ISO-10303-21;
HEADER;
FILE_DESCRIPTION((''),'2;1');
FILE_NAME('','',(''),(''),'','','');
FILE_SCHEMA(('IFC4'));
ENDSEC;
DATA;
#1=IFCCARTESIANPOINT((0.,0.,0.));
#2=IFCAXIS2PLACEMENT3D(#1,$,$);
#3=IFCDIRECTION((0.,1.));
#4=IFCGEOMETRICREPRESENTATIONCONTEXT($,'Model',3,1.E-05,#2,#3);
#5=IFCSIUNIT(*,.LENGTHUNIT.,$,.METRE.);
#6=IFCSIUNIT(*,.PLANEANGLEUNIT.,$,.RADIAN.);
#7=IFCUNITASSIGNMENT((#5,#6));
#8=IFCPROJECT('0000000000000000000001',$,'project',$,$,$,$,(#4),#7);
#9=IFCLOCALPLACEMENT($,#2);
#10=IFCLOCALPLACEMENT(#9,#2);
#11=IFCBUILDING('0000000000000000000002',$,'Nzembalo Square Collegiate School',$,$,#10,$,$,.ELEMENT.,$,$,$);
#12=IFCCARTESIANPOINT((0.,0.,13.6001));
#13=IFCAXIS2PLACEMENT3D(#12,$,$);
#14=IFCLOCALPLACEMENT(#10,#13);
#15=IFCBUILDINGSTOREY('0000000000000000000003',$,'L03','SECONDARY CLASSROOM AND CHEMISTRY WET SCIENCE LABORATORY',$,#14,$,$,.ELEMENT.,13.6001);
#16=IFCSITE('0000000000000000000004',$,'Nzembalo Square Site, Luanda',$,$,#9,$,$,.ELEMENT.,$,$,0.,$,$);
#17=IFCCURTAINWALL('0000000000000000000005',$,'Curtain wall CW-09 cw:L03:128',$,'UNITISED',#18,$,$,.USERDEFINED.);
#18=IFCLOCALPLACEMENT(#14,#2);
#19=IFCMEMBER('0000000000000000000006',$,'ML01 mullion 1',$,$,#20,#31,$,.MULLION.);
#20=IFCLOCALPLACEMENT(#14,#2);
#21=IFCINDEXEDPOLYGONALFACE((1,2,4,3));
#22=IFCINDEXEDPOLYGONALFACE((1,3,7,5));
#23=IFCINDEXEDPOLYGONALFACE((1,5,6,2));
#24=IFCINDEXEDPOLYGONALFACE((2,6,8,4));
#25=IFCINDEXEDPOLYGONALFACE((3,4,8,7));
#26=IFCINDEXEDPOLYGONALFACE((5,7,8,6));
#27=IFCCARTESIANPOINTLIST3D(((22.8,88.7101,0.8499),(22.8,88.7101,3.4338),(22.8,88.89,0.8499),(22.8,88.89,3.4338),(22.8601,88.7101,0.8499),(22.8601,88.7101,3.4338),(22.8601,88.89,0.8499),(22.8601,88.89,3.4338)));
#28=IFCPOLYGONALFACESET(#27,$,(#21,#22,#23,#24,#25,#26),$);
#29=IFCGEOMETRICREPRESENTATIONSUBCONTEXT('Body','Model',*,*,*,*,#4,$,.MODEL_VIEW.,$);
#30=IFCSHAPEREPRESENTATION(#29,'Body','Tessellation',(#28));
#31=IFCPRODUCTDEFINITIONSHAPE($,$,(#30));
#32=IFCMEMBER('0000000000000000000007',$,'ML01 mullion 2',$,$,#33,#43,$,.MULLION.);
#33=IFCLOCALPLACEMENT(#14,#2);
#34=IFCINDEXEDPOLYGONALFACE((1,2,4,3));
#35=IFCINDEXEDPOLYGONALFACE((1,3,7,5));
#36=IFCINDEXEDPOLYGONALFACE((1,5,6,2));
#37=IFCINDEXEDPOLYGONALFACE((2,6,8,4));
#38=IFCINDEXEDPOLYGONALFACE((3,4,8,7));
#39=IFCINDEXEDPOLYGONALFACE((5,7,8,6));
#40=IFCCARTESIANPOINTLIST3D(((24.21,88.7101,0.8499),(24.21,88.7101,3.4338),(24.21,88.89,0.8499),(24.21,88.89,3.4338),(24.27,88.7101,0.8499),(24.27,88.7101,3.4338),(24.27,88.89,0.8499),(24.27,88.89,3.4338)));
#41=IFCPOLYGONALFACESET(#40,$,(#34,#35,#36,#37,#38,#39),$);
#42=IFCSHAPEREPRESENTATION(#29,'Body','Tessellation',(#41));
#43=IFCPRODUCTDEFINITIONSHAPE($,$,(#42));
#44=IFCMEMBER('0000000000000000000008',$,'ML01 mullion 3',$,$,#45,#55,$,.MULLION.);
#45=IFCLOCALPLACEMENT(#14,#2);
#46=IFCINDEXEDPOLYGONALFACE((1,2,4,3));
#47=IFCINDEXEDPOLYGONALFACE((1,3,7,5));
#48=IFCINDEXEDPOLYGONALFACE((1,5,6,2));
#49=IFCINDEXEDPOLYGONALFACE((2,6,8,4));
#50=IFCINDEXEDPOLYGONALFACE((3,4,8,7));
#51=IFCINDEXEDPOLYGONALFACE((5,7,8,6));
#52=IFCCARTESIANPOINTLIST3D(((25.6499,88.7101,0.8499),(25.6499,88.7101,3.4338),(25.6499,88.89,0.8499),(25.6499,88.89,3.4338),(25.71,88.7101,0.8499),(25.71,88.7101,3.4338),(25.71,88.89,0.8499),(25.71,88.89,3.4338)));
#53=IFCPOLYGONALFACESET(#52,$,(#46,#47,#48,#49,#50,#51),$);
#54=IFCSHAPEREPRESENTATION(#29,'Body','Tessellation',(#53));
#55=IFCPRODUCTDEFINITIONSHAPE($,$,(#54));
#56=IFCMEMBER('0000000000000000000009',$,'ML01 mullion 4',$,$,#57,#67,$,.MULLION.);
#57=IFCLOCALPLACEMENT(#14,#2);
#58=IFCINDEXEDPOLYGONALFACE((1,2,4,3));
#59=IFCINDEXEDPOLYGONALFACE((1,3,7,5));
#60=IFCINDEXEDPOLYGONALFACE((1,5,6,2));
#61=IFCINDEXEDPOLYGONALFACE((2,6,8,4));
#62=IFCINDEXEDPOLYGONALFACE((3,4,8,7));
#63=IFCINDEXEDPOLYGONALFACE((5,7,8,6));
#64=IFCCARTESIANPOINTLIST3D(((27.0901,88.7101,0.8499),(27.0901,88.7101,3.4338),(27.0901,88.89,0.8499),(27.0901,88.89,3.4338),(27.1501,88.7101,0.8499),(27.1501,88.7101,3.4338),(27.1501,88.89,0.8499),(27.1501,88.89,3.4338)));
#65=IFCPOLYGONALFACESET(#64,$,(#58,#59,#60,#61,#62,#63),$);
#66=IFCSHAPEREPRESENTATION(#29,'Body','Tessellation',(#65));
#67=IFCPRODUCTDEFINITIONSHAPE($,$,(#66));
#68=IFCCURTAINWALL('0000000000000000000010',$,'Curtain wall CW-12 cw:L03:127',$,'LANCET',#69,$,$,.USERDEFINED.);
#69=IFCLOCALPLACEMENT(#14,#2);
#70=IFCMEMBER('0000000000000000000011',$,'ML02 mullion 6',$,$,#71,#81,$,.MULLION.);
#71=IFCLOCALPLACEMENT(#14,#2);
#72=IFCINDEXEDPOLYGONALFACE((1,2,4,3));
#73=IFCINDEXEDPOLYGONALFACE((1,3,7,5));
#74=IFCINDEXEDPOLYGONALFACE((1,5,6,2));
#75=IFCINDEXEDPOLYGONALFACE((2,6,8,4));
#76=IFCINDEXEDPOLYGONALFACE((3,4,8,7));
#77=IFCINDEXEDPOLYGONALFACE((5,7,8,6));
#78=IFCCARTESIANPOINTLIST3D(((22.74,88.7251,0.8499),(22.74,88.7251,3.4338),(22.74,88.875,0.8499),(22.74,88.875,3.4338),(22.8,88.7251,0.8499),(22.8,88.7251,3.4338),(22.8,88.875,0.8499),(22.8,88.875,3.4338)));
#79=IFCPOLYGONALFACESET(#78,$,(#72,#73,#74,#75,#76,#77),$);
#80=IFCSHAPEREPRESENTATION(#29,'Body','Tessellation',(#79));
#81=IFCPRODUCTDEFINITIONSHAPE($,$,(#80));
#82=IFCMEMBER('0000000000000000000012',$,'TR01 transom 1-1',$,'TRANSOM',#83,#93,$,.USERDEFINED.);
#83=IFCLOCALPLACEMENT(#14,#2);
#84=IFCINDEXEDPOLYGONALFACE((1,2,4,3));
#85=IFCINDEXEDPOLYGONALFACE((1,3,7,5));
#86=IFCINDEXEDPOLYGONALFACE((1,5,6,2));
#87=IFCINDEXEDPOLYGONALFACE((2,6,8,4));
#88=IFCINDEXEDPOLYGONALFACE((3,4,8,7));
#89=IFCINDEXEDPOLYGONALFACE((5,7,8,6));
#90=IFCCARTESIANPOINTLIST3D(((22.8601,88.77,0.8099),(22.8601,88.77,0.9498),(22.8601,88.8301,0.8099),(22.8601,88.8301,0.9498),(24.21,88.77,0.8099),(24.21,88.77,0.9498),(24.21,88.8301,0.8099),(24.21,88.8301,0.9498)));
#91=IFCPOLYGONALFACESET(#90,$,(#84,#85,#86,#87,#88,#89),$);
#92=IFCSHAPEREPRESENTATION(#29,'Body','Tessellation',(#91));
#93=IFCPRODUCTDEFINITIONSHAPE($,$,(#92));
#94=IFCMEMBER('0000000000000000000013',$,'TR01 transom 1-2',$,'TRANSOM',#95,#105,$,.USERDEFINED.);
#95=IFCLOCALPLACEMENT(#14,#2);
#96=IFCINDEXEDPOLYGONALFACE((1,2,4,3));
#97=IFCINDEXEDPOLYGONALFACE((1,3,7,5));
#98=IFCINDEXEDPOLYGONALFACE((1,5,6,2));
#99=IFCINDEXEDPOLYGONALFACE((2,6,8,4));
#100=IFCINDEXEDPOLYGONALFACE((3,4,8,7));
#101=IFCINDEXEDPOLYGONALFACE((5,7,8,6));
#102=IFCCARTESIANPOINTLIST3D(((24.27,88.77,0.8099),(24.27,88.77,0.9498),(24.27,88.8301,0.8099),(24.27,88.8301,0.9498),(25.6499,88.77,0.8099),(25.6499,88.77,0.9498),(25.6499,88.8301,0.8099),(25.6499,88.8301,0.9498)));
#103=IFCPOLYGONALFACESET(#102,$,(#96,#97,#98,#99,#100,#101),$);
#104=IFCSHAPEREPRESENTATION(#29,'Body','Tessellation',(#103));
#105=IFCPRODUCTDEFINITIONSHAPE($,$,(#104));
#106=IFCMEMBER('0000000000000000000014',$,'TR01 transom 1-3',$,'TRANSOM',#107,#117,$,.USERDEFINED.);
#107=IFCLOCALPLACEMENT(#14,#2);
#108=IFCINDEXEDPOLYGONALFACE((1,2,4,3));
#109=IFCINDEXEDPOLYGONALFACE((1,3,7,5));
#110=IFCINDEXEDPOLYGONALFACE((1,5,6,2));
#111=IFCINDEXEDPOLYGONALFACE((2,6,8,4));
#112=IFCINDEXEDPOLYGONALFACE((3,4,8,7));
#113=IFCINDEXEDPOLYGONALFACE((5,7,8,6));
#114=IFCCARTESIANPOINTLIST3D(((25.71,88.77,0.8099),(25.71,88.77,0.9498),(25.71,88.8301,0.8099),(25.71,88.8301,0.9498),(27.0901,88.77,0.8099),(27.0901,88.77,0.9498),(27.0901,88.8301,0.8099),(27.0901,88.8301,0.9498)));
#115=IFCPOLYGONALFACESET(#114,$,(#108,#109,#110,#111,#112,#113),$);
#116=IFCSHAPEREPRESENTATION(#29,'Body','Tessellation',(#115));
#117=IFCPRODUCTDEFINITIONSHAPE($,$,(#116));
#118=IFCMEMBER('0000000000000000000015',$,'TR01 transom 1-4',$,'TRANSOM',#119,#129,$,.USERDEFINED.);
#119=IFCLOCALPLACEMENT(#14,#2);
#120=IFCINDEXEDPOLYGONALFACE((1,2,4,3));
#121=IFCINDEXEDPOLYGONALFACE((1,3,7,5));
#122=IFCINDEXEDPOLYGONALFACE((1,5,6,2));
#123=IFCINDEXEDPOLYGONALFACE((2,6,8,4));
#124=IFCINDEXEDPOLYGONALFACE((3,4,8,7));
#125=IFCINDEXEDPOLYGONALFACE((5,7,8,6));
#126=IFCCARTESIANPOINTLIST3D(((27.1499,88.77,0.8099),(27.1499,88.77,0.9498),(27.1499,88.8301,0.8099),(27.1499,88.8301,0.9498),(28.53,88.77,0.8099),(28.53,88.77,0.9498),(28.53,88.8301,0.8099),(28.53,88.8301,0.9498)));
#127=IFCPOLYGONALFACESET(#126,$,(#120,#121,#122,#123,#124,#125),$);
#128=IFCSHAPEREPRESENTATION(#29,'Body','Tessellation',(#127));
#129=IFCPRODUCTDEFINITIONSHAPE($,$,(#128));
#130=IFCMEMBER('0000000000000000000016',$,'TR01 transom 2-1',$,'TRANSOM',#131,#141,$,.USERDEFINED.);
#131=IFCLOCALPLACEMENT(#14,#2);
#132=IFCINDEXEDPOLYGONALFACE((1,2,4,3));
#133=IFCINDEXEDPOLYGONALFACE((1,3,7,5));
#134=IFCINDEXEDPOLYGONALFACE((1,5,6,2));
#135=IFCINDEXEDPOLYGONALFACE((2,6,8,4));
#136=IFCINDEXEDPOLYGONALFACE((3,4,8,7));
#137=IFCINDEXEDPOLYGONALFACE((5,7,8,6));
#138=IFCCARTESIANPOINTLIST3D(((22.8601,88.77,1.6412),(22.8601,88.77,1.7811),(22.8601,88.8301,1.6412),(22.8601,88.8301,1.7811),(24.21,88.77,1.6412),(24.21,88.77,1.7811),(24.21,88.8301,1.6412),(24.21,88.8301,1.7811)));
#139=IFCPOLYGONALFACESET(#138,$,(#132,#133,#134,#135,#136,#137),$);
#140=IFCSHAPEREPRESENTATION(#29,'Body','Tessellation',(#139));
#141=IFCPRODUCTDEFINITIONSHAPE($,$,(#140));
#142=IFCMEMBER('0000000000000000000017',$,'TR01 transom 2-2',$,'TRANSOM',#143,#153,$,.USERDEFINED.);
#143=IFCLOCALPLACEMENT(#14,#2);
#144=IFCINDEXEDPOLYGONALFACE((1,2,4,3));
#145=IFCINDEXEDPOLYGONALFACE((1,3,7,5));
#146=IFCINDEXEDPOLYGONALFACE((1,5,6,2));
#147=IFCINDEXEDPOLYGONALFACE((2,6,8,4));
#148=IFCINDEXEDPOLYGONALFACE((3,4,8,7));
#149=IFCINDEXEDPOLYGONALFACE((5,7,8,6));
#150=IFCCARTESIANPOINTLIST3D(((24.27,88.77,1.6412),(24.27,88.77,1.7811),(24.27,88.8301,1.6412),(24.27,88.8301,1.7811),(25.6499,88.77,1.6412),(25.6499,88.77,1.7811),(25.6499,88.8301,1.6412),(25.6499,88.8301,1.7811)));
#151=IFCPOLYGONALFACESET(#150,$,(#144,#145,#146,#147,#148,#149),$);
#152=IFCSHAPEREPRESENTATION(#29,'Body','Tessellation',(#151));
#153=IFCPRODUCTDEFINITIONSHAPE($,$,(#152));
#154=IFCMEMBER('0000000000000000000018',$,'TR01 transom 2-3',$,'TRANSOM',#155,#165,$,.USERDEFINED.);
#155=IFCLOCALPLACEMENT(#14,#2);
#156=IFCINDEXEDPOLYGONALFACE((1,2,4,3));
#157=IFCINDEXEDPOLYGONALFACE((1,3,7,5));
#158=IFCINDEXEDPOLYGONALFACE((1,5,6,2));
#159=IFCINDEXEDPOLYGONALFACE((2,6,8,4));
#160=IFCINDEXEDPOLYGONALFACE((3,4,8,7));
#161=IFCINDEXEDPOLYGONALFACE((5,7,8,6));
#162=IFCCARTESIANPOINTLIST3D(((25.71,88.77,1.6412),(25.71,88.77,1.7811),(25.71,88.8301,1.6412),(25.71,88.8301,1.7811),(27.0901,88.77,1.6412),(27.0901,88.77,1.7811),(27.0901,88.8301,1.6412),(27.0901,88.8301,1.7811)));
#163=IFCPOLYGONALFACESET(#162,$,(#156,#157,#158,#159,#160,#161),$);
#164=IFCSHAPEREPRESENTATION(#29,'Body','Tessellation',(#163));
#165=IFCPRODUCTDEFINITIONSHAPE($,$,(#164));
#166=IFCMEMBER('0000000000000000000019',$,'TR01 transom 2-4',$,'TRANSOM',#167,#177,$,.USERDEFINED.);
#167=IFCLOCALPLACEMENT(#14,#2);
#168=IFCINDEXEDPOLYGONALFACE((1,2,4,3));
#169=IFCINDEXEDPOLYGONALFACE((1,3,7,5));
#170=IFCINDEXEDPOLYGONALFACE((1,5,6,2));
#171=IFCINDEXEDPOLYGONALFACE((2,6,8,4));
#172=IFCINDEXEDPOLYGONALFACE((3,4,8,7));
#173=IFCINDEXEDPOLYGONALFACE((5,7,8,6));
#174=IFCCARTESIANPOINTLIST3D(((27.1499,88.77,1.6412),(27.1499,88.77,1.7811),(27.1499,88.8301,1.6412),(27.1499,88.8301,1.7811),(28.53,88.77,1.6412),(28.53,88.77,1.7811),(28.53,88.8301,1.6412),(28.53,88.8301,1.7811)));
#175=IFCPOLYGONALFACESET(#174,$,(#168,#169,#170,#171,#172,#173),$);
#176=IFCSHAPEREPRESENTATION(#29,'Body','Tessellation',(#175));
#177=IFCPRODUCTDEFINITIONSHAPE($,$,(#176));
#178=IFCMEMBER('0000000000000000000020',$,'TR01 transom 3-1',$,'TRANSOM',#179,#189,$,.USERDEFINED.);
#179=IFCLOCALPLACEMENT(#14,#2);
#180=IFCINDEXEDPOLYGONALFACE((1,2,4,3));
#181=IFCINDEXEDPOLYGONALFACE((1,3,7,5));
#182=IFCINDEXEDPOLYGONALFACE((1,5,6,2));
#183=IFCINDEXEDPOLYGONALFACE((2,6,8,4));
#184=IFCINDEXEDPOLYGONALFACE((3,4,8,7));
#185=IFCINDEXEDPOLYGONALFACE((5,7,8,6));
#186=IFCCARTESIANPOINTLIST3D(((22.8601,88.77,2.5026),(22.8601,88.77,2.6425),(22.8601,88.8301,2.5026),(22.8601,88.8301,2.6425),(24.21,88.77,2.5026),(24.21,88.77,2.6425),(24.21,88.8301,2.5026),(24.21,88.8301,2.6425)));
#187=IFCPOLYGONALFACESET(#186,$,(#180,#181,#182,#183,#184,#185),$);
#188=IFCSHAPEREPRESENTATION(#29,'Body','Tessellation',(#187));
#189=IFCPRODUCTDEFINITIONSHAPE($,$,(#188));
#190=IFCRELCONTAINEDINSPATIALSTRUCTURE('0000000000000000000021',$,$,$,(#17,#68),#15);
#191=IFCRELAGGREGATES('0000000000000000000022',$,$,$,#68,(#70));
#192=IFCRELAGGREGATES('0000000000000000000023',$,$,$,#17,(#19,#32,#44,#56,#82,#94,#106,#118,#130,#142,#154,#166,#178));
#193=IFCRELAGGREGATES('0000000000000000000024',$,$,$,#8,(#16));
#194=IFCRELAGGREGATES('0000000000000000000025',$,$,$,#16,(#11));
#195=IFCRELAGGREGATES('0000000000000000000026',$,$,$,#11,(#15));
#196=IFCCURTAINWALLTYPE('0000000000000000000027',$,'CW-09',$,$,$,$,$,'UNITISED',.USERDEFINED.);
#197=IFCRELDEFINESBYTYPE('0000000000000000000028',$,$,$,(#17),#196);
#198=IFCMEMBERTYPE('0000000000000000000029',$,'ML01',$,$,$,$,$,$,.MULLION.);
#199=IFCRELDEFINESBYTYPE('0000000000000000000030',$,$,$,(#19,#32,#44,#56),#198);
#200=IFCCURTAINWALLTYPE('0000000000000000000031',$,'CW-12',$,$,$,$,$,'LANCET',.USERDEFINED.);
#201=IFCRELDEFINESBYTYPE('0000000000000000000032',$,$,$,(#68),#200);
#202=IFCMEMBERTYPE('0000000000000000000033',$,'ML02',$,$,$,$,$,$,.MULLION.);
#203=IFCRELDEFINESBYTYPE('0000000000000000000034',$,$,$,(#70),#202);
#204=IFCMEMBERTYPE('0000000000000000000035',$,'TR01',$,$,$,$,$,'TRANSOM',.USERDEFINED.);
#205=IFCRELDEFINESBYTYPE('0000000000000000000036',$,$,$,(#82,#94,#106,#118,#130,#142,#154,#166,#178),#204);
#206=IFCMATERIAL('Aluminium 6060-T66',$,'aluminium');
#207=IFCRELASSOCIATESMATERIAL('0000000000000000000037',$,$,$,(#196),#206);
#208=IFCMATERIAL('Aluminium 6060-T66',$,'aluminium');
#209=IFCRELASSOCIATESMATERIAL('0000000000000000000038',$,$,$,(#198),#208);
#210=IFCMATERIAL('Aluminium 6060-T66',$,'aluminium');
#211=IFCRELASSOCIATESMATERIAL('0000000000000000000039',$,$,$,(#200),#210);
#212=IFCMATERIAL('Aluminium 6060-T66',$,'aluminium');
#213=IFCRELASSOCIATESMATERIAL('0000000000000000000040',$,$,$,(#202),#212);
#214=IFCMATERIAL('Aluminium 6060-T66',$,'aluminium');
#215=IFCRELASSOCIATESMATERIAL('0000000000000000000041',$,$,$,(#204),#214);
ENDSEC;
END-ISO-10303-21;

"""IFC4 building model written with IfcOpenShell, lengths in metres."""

from ifc_helpers import new_model, si_unit, direction, frame, origin, origin_2d, place, context, subcontext, project, spatial, rectangle, extrude, material, material_profile, profile_set, type_object, element, aggregate, save


model = new_model("IFC4")

# Units and contexts
model_context = context("Model", 3, precision=1e-05, world=origin(), true_north=direction((0.0, 1.0)))
body_context = subcontext(model_context, "Body", "Model", "MODEL_VIEW")
ifc_project = project(units=[si_unit("LENGTHUNIT", "METRE"), si_unit("PLANEANGLEUNIT", "RADIAN")], contexts=[model_context])

# Site, building, storey
site_placement = place(None, origin())
site = spatial("IfcSite", under=ifc_project, at=site_placement, Name="Nzembalo Square Site, Luanda", CompositionType="ELEMENT", RefElevation=0.0)
building_placement = place(site_placement, origin())
building = spatial("IfcBuilding", under=site, at=building_placement, Name="Nzembalo Square Collegiate School", CompositionType="ELEMENT")
storey_placement = place(building_placement, frame((0.0, 0.0, 13.6001)))
storey = spatial("IfcBuildingStorey", under=building, at=storey_placement, Name="L03", Description="SECONDARY CLASSROOM AND CHEMISTRY WET SCIENCE LABORATORY", CompositionType="ELEMENT", Elevation=13.6001)

# Curtain wall, members
ifc_material_1 = material(Name="Aluminium 6060-T66", Category="aluminium")
curtain_wall_type_1 = type_object("IfcCurtainWallType", Name="CW-09", ElementType="UNITISED", PredefinedType="USERDEFINED", material=ifc_material_1)
curtain_wall_1_placement = place(storey_placement, origin())
curtain_wall_1 = element("IfcCurtainWall", 1, at=curtain_wall_1_placement, inside=storey, type_object=curtain_wall_type_1, Name="Curtain wall CW-09 cw:L03:128", ObjectType="UNITISED", PredefinedType="USERDEFINED")
ifc_material_2 = material(Name="Aluminium 6060-T66", Category="aluminium")
ifc_material_profile_1 = material_profile(ifc_material_2, rectangle(XDim=0.0601, YDim=0.1799, at=origin_2d()), Name="ALU M60x180")
ifc_profile_set_1 = profile_set([ifc_material_profile_1], Name="Aluminium 6060-T66")
member_type_1 = type_object("IfcMemberType", Name="ML01", PredefinedType="MULLION", material=ifc_profile_set_1)
member_1_placement = place(storey_placement, frame((22.8301, 88.8, 0.8499), z_axis=(0.0, 0.0, 1.0), x_axis=(1.0, 0.0, 0.0)))
member_1 = element("IfcMember", 2, at=member_1_placement, type_object=member_type_1, Name="ML01 mullion 1", PredefinedType="MULLION", context=body_context, shape_type="SweptSolid", body=[
    extrude(rectangle(XDim=0.0601, YDim=0.1799, at=origin_2d()), origin(), (0.0, 0.0, 1.0), 2.584),
])
member_2_placement = place(storey_placement, frame((24.24, 88.8, 0.8499), z_axis=(0.0, 0.0, 1.0), x_axis=(1.0, 0.0, 0.0)))
member_2 = element("IfcMember", 3, at=member_2_placement, type_object=member_type_1, Name="ML01 mullion 2", PredefinedType="MULLION", context=body_context, shape_type="SweptSolid", body=[
    extrude(rectangle(XDim=0.0601, YDim=0.1799, at=origin_2d()), origin(), (0.0, 0.0, 1.0), 2.584),
])
member_3_placement = place(storey_placement, frame((25.6799, 88.8, 0.8499), z_axis=(0.0, 0.0, 1.0), x_axis=(1.0, 0.0, 0.0)))
member_3 = element("IfcMember", 4, at=member_3_placement, type_object=member_type_1, Name="ML01 mullion 3", PredefinedType="MULLION", context=body_context, shape_type="SweptSolid", body=[
    extrude(rectangle(XDim=0.0601, YDim=0.1799, at=origin_2d()), origin(), (0.0, 0.0, 1.0), 2.584),
])
member_4_placement = place(storey_placement, frame((27.1201, 88.8, 0.8499), z_axis=(0.0, 0.0, 1.0), x_axis=(1.0, 0.0, 0.0)))
member_4 = element("IfcMember", 5, at=member_4_placement, type_object=member_type_1, Name="ML01 mullion 4", PredefinedType="MULLION", context=body_context, shape_type="SweptSolid", body=[
    extrude(rectangle(XDim=0.0601, YDim=0.1799, at=origin_2d()), origin(), (0.0, 0.0, 1.0), 2.584),
])

# Curtain wall, member
ifc_material_3 = material(Name="Aluminium 6060-T66", Category="aluminium")
curtain_wall_type_2 = type_object("IfcCurtainWallType", Name="CW-12", ElementType="LANCET", PredefinedType="USERDEFINED", material=ifc_material_3)
curtain_wall_2_placement = place(storey_placement, origin())
curtain_wall_2 = element("IfcCurtainWall", 6, at=curtain_wall_2_placement, inside=storey, type_object=curtain_wall_type_2, Name="Curtain wall CW-12 cw:L03:127", ObjectType="LANCET", PredefinedType="USERDEFINED")
ifc_material_4 = material(Name="Aluminium 6060-T66", Category="aluminium")
ifc_material_profile_2 = material_profile(ifc_material_4, rectangle(XDim=0.0601, YDim=0.1499, at=origin_2d()), Name="ALU M60x150")
ifc_profile_set_2 = profile_set([ifc_material_profile_2], Name="Aluminium 6060-T66")
member_type_2 = type_object("IfcMemberType", Name="ML02", PredefinedType="MULLION", material=ifc_profile_set_2)
member_5_placement = place(storey_placement, frame((22.77, 88.8, 0.8499), z_axis=(0.0, 0.0, 1.0), x_axis=(1.0, 0.0, 0.0)))
member_5 = element("IfcMember", 7, at=member_5_placement, type_object=member_type_2, Name="ML02 mullion 6", PredefinedType="MULLION", context=body_context, shape_type="SweptSolid", body=[
    extrude(rectangle(XDim=0.0601, YDim=0.1499, at=origin_2d()), origin(), (0.0, 0.0, 1.0), 2.584),
])
aggregate(curtain_wall_2, [member_5])

# Members
ifc_material_5 = material(Name="Aluminium 6060-T66", Category="aluminium")
ifc_material_profile_3 = material_profile(ifc_material_5, rectangle(XDim=0.0601, YDim=0.1399, at=origin_2d()), Name="ALU T60x140")
ifc_profile_set_3 = profile_set([ifc_material_profile_3], Name="Aluminium 6060-T66")
member_type_3 = type_object("IfcMemberType", Name="TR01", ElementType="TRANSOM", PredefinedType="USERDEFINED", material=ifc_profile_set_3)
member_6_placement = place(storey_placement, frame((22.8601, 88.8, 0.8799), z_axis=(1.0, 0.0, 0.0), x_axis=(0.0, 1.0, 0.0)))
member_6 = element("IfcMember", 8, at=member_6_placement, type_object=member_type_3, Name="TR01 transom 1-1", ObjectType="TRANSOM", PredefinedType="USERDEFINED", context=body_context, shape_type="SweptSolid", body=[
    extrude(rectangle(XDim=0.0601, YDim=0.1399, at=origin_2d()), origin(), (0.0, 0.0, 1.0), 1.3499),
])
member_7_placement = place(storey_placement, frame((24.27, 88.8, 0.8799), z_axis=(1.0, 0.0, 0.0), x_axis=(0.0, 1.0, 0.0)))
member_7 = element("IfcMember", 9, at=member_7_placement, type_object=member_type_3, Name="TR01 transom 1-2", ObjectType="TRANSOM", PredefinedType="USERDEFINED", context=body_context, shape_type="SweptSolid", body=[
    extrude(rectangle(XDim=0.0601, YDim=0.1399, at=origin_2d()), origin(), (0.0, 0.0, 1.0), 1.3799),
])
member_8_placement = place(storey_placement, frame((25.71, 88.8, 0.8799), z_axis=(1.0, 0.0, 0.0), x_axis=(0.0, 1.0, 0.0)))
member_8 = element("IfcMember", 10, at=member_8_placement, type_object=member_type_3, Name="TR01 transom 1-3", ObjectType="TRANSOM", PredefinedType="USERDEFINED", context=body_context, shape_type="SweptSolid", body=[
    extrude(rectangle(XDim=0.0601, YDim=0.1399, at=origin_2d()), origin(), (0.0, 0.0, 1.0), 1.3801),
])
member_9_placement = place(storey_placement, frame((27.1499, 88.8, 0.8799), z_axis=(1.0, 0.0, 0.0), x_axis=(0.0, 1.0, 0.0)))
member_9 = element("IfcMember", 11, at=member_9_placement, type_object=member_type_3, Name="TR01 transom 1-4", ObjectType="TRANSOM", PredefinedType="USERDEFINED", context=body_context, shape_type="SweptSolid", body=[
    extrude(rectangle(XDim=0.0601, YDim=0.1399, at=origin_2d()), origin(), (0.0, 0.0, 1.0), 1.3801),
])
member_10_placement = place(storey_placement, frame((22.8601, 88.8, 1.7112), z_axis=(1.0, 0.0, 0.0), x_axis=(0.0, 1.0, 0.0)))
member_10 = element("IfcMember", 12, at=member_10_placement, type_object=member_type_3, Name="TR01 transom 2-1", ObjectType="TRANSOM", PredefinedType="USERDEFINED", context=body_context, shape_type="SweptSolid", body=[
    extrude(rectangle(XDim=0.0601, YDim=0.1399, at=origin_2d()), origin(), (0.0, 0.0, 1.0), 1.3499),
])
member_11_placement = place(storey_placement, frame((24.27, 88.8, 1.7112), z_axis=(1.0, 0.0, 0.0), x_axis=(0.0, 1.0, 0.0)))
member_11 = element("IfcMember", 13, at=member_11_placement, type_object=member_type_3, Name="TR01 transom 2-2", ObjectType="TRANSOM", PredefinedType="USERDEFINED", context=body_context, shape_type="SweptSolid", body=[
    extrude(rectangle(XDim=0.0601, YDim=0.1399, at=origin_2d()), origin(), (0.0, 0.0, 1.0), 1.3799),
])
member_12_placement = place(storey_placement, frame((25.71, 88.8, 1.7112), z_axis=(1.0, 0.0, 0.0), x_axis=(0.0, 1.0, 0.0)))
member_12 = element("IfcMember", 14, at=member_12_placement, type_object=member_type_3, Name="TR01 transom 2-3", ObjectType="TRANSOM", PredefinedType="USERDEFINED", context=body_context, shape_type="SweptSolid", body=[
    extrude(rectangle(XDim=0.0601, YDim=0.1399, at=origin_2d()), origin(), (0.0, 0.0, 1.0), 1.3801),
])
member_13_placement = place(storey_placement, frame((27.1499, 88.8, 1.7112), z_axis=(1.0, 0.0, 0.0), x_axis=(0.0, 1.0, 0.0)))
member_13 = element("IfcMember", 15, at=member_13_placement, type_object=member_type_3, Name="TR01 transom 2-4", ObjectType="TRANSOM", PredefinedType="USERDEFINED", context=body_context, shape_type="SweptSolid", body=[
    extrude(rectangle(XDim=0.0601, YDim=0.1399, at=origin_2d()), origin(), (0.0, 0.0, 1.0), 1.3801),
])
member_14_placement = place(storey_placement, frame((22.8601, 88.8, 2.5725), z_axis=(1.0, 0.0, 0.0), x_axis=(0.0, 1.0, 0.0)))
member_14 = element("IfcMember", 16, at=member_14_placement, type_object=member_type_3, Name="TR01 transom 3-1", ObjectType="TRANSOM", PredefinedType="USERDEFINED", context=body_context, shape_type="SweptSolid", body=[
    extrude(rectangle(XDim=0.0601, YDim=0.1399, at=origin_2d()), origin(), (0.0, 0.0, 1.0), 1.3499),
])

aggregate(curtain_wall_1, [member_1, member_2, member_3, member_4, member_6, member_7, member_8, member_9, member_10, member_11, member_12, member_13, member_14])

save(model, "model.ifc")
